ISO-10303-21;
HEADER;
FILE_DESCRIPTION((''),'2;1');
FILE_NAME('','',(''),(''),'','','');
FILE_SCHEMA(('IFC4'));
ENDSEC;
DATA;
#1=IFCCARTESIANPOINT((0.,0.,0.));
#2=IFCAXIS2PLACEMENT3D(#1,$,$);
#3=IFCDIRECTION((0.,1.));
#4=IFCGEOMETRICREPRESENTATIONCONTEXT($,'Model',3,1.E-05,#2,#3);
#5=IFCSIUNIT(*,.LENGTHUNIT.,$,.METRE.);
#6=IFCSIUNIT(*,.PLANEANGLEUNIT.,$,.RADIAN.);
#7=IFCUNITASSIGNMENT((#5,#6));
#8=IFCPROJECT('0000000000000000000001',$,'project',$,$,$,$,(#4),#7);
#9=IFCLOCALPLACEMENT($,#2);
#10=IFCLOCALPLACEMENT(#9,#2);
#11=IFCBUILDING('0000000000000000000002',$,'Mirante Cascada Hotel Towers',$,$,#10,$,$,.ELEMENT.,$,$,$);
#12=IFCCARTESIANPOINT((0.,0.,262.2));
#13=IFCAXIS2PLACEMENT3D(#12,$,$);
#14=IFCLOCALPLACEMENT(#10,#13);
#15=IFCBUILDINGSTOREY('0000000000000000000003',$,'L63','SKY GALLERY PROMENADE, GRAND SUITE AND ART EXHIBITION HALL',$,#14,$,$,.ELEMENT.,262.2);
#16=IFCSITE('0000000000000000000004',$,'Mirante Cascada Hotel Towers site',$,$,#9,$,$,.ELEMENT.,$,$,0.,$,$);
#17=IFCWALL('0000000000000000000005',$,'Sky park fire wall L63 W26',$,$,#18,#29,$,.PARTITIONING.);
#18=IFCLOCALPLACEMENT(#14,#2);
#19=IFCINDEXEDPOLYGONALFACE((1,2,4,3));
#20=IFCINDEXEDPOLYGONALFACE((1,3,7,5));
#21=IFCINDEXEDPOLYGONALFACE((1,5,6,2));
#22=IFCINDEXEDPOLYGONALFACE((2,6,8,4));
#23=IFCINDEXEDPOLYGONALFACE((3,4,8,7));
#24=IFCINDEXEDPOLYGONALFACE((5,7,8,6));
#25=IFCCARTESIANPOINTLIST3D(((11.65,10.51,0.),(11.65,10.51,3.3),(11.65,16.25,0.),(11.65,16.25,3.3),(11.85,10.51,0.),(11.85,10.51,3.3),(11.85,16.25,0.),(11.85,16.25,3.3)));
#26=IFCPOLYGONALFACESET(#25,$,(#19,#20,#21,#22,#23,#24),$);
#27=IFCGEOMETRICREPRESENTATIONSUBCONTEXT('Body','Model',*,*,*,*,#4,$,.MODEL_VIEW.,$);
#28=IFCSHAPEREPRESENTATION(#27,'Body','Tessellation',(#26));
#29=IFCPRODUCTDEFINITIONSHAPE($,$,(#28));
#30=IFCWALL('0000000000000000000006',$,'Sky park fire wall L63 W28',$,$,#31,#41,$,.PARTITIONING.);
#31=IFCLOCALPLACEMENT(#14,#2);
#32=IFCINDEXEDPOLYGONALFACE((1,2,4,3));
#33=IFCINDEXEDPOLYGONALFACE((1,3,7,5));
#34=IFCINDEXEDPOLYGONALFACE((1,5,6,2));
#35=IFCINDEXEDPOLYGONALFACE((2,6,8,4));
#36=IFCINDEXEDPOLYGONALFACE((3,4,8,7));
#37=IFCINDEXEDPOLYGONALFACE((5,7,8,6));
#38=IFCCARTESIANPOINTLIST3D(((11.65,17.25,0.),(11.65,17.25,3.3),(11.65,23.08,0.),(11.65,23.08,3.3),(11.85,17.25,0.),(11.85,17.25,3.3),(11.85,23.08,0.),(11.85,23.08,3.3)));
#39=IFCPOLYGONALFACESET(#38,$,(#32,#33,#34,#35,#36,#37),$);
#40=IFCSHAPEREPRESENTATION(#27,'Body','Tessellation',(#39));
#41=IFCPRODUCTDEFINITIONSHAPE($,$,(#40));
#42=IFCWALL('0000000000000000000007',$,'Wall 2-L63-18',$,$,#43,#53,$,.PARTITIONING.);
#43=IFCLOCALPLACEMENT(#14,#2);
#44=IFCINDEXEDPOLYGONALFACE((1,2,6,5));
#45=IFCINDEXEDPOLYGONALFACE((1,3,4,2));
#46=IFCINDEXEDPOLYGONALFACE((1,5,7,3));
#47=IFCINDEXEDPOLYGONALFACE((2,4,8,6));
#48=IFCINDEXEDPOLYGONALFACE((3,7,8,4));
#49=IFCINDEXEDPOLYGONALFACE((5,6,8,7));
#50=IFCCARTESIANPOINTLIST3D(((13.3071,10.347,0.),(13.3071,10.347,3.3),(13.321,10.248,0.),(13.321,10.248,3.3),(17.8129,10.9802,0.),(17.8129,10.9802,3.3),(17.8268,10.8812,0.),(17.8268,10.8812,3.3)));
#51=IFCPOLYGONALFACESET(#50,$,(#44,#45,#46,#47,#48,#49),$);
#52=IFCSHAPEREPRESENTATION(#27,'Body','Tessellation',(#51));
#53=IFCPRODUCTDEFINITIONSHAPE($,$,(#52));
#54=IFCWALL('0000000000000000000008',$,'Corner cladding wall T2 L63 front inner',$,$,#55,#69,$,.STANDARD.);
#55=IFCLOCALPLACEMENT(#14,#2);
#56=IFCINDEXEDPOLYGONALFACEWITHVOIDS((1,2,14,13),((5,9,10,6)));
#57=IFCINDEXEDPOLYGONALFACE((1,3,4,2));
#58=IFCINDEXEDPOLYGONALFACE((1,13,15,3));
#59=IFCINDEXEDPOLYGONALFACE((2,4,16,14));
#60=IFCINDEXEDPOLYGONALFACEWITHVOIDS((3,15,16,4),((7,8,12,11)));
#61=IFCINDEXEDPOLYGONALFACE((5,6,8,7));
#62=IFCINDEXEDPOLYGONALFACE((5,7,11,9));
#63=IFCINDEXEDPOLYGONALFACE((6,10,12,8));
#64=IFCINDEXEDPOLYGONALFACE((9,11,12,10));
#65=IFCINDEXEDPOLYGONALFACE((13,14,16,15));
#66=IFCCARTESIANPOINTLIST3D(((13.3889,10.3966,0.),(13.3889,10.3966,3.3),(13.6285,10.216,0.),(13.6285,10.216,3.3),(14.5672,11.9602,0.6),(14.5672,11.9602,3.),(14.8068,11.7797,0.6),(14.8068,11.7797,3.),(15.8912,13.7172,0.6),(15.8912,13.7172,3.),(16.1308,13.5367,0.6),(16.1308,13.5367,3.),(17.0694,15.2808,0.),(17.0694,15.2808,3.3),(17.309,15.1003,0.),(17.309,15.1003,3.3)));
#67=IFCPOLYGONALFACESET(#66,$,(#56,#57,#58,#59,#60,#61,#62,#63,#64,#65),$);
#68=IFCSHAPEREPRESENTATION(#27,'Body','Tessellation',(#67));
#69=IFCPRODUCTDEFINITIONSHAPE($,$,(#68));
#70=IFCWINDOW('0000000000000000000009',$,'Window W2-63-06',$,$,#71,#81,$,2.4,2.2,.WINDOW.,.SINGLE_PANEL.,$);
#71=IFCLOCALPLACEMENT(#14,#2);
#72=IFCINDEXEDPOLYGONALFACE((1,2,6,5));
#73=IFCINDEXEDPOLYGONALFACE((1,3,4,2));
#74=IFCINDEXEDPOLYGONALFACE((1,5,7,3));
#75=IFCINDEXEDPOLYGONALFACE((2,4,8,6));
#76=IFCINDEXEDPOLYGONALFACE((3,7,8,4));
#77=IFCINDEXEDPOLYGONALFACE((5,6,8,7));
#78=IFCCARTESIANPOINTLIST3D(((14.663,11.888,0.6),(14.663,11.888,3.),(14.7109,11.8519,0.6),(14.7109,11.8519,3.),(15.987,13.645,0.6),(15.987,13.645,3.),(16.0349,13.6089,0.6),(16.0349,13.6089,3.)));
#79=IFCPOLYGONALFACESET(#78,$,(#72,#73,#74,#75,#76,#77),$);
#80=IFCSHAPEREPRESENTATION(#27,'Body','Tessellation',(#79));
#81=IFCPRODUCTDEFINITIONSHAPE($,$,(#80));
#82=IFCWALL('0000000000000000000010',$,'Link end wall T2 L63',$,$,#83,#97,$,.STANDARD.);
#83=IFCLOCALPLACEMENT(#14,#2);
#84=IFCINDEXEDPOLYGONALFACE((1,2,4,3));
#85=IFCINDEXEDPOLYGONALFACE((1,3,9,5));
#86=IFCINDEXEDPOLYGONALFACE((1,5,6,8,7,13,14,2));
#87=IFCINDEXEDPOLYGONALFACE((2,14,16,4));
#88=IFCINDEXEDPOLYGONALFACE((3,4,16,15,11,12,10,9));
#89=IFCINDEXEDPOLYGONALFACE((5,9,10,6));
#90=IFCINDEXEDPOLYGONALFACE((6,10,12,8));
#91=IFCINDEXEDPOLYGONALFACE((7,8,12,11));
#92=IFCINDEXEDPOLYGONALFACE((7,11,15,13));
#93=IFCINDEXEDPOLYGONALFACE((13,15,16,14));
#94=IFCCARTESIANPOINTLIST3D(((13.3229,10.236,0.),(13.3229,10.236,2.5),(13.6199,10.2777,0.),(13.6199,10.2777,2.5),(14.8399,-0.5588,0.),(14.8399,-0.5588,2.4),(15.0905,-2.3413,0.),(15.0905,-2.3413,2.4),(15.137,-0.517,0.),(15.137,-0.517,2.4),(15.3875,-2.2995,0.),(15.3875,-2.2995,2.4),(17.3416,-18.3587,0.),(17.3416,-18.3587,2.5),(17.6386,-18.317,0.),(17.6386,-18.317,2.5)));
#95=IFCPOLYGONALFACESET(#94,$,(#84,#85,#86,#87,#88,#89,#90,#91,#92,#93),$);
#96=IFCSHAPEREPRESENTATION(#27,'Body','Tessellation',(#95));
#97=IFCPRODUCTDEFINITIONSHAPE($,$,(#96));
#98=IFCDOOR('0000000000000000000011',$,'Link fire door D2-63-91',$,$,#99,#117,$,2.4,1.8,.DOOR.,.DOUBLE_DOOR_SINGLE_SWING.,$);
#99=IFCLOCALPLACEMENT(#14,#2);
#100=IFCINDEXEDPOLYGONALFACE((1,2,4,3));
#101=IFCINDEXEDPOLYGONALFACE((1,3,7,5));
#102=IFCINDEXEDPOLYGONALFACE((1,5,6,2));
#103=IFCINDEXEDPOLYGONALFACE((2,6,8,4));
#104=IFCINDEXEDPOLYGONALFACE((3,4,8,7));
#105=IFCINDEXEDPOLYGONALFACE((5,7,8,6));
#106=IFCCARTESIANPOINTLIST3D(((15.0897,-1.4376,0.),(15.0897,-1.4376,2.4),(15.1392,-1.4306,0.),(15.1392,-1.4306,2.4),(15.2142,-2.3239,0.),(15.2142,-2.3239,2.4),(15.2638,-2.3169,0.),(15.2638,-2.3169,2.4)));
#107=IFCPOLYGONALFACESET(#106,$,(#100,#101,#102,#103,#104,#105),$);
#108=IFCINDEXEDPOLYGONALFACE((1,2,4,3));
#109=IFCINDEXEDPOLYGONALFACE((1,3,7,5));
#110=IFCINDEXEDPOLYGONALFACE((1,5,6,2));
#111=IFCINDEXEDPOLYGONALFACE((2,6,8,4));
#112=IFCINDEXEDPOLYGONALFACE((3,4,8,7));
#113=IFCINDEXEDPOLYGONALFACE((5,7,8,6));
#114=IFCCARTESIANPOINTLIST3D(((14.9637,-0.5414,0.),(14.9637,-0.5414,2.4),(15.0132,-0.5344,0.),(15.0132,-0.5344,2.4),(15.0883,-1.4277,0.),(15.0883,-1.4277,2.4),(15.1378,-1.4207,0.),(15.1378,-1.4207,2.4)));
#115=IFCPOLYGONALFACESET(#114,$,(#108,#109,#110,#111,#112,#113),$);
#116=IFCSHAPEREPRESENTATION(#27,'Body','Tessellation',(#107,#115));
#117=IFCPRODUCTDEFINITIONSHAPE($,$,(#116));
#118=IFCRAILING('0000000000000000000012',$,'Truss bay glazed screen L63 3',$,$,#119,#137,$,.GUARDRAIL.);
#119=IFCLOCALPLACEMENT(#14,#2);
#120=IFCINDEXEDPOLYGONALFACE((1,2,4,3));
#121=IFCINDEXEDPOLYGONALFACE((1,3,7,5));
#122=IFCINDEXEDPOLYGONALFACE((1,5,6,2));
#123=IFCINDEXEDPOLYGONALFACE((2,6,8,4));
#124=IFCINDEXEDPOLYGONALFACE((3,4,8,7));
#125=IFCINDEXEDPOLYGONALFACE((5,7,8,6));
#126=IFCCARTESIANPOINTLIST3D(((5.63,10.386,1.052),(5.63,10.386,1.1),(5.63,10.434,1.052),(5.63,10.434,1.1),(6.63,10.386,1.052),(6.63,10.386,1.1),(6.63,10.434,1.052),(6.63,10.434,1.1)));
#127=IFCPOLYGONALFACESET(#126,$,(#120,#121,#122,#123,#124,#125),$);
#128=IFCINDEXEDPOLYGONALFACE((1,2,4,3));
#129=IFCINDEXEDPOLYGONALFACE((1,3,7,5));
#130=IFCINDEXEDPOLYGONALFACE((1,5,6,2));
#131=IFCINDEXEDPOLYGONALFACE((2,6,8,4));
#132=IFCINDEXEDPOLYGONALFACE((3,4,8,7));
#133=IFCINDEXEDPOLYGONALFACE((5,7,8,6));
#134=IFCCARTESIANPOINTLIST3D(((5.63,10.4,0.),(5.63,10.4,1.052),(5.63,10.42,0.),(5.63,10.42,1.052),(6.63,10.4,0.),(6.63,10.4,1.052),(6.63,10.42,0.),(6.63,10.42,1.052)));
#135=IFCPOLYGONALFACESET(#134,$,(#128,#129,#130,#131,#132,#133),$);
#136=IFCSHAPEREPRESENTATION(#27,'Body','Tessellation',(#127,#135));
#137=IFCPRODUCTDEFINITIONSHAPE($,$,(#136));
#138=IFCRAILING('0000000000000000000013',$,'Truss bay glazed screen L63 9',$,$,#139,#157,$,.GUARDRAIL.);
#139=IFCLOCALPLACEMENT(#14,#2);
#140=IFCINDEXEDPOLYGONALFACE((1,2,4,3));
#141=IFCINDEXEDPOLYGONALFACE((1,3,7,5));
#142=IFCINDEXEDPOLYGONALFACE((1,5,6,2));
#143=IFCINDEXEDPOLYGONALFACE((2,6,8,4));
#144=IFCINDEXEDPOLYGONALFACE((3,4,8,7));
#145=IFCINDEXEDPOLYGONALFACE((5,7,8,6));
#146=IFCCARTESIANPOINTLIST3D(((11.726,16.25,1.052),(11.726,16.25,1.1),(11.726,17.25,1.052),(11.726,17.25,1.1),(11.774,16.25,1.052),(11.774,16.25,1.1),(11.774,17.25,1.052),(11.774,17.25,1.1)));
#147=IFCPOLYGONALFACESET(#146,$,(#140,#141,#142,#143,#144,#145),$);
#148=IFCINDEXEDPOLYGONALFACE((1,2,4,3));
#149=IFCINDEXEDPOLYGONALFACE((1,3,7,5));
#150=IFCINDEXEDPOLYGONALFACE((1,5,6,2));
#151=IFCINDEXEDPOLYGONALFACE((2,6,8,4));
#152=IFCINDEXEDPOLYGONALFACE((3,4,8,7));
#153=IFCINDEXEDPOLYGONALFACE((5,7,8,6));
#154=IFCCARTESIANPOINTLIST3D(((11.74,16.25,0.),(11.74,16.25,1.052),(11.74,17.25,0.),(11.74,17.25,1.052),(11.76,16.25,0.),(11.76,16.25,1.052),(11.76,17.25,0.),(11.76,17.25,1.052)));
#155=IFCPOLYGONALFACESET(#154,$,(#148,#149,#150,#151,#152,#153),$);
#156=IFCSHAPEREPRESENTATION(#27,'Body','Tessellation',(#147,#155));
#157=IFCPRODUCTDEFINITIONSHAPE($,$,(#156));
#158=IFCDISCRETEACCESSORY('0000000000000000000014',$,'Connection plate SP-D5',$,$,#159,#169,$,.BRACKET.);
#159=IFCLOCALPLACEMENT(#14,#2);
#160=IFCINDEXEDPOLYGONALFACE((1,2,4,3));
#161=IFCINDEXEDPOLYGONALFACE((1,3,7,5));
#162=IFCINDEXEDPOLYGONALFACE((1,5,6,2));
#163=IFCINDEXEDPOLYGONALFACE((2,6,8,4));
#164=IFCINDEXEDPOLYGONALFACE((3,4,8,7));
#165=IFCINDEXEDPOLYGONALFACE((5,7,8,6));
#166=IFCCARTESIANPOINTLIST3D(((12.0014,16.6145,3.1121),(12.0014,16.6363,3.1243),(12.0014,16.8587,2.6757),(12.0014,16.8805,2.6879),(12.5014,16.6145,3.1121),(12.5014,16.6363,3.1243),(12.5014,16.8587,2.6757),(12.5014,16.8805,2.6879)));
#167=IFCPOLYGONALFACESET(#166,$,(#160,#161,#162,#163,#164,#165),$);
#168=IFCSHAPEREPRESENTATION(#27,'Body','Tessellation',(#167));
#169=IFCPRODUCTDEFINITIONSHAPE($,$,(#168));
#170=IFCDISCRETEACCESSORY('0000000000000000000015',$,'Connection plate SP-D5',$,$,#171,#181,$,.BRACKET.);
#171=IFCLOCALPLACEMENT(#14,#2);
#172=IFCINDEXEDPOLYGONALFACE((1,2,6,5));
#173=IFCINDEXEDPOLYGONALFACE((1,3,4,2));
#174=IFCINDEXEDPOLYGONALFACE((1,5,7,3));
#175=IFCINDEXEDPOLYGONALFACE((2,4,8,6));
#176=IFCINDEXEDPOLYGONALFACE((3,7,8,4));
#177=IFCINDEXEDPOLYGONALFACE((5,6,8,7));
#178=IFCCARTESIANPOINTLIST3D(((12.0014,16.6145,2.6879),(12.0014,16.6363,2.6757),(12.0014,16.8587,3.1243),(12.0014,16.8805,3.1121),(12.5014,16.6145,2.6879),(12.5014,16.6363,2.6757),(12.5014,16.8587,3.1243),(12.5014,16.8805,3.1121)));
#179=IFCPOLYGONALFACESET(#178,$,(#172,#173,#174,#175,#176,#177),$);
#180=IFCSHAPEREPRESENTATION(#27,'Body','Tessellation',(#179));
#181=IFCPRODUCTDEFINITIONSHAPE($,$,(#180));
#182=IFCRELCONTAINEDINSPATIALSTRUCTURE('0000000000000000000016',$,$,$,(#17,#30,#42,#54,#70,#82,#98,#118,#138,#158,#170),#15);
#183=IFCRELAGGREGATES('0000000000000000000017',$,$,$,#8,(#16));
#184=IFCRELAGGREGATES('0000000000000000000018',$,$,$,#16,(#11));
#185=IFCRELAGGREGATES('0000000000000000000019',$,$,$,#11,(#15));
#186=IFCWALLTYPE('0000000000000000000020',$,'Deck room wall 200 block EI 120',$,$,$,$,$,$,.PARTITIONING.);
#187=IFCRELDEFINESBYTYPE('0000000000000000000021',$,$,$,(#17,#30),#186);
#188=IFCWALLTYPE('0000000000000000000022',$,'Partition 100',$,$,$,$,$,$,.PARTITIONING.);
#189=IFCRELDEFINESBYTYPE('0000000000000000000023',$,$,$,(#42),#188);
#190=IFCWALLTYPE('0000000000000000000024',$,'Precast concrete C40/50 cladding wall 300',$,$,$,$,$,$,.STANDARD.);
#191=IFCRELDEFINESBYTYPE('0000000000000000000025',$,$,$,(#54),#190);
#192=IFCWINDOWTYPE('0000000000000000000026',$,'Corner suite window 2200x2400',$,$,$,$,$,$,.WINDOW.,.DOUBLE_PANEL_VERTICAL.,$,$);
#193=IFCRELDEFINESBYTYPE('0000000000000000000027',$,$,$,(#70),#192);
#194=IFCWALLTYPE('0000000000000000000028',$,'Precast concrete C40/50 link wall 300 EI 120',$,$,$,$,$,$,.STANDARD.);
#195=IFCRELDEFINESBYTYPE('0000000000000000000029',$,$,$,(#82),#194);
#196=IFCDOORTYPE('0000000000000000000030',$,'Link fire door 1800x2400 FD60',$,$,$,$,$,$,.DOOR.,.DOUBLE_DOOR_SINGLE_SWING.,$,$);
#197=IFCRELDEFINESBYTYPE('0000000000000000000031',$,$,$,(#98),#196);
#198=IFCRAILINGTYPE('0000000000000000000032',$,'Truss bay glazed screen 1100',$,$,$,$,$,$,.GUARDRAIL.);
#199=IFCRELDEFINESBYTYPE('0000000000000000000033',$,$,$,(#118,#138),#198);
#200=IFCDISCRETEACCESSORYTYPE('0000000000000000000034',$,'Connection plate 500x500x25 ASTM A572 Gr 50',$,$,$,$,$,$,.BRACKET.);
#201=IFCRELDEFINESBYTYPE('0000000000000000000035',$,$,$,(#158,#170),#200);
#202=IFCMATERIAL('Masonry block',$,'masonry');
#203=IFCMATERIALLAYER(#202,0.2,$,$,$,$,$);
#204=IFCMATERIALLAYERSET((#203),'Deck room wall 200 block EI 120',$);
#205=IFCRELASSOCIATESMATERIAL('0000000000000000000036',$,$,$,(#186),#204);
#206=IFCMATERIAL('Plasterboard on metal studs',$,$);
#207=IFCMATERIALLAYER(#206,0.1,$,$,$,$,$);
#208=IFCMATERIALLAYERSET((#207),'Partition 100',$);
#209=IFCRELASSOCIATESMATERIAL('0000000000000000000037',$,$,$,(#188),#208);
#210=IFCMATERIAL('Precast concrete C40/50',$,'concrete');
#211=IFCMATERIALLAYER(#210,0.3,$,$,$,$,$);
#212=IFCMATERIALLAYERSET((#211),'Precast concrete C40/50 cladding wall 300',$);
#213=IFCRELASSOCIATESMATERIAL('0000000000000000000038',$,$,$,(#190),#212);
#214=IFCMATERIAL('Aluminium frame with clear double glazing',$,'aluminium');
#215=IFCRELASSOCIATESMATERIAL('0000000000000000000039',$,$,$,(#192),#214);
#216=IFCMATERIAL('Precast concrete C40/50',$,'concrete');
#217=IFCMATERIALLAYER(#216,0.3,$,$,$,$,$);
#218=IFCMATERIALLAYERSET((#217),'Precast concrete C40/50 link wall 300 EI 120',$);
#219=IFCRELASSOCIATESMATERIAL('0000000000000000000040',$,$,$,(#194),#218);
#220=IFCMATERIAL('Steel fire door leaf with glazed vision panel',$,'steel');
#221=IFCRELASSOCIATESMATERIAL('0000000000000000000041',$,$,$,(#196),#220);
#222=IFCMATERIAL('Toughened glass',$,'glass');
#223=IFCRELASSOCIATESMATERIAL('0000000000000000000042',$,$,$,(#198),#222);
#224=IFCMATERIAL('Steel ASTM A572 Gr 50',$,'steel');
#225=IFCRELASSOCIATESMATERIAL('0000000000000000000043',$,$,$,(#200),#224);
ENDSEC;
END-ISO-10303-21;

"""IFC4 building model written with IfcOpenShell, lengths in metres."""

from ifc_helpers import new_model, si_unit, direction, frame, frame_2d, origin, origin_2d, place, context, subcontext, project, spatial, rectangle, extrude, material, layer, layer_set, material_profile, profile_set, type_object, element, fill, save


model = new_model("IFC4")

# Units and contexts
model_context = context("Model", 3, precision=1e-05, world=origin(), true_north=direction((0.0, 1.0)))
body_context = subcontext(model_context, "Body", "Model", "MODEL_VIEW")
ifc_project = project(units=[si_unit("LENGTHUNIT", "METRE"), si_unit("PLANEANGLEUNIT", "RADIAN")], contexts=[model_context])

# Site, building, storey
site_placement = place(None, origin())
site = spatial("IfcSite", under=ifc_project, at=site_placement, Name="Mirante Cascada Hotel Towers site", CompositionType="ELEMENT", RefElevation=0.0)
building_placement = place(site_placement, origin())
building = spatial("IfcBuilding", under=site, at=building_placement, Name="Mirante Cascada Hotel Towers", CompositionType="ELEMENT")
storey_placement = place(building_placement, frame((0.0, 0.0, 262.2)))
storey = spatial("IfcBuildingStorey", under=building, at=storey_placement, Name="L63", Description="SKY GALLERY PROMENADE, GRAND SUITE AND ART EXHIBITION HALL", CompositionType="ELEMENT", Elevation=262.2)

# Shared definitions
ifc_material_1 = material(Name="Masonry block", Category="masonry")
ifc_layer_1 = layer(ifc_material_1, 0.2)
ifc_layer_set_1 = layer_set([ifc_layer_1], Name="Deck room wall 200 block EI 120")
wall_type_1 = type_object("IfcWallType", Name="Deck room wall 200 block EI 120", PredefinedType="PARTITIONING", material=ifc_layer_set_1)

# Walls
wall_1_placement = place(storey_placement, frame((11.75, 10.51, 0.0), z_axis=(0.0, 0.0, 1.0), x_axis=(0.0, 1.0, 0.0)))
element("IfcWall", 1, at=wall_1_placement, inside=storey, type_object=wall_type_1, Name="Sky park fire wall L63 W26", PredefinedType="PARTITIONING", context=body_context, shape_type="SweptSolid", body=[
    extrude(rectangle(XDim=5.74, YDim=0.2, at=frame_2d((2.87, 0.0))), origin(), (0.0, 0.0, 1.0), 3.3),
])
wall_2_placement = place(storey_placement, frame((11.75, 17.25, 0.0), z_axis=(0.0, 0.0, 1.0), x_axis=(0.0, 1.0, 0.0)))
element("IfcWall", 2, at=wall_2_placement, inside=storey, type_object=wall_type_1, Name="Sky park fire wall L63 W28", PredefinedType="PARTITIONING", context=body_context, shape_type="SweptSolid", body=[
    extrude(rectangle(XDim=5.83, YDim=0.2, at=frame_2d((2.915, 0.0))), origin(), (0.0, 0.0, 1.0), 3.3),
])
ifc_material_2 = material(Name="Plasterboard on metal studs")
ifc_layer_2 = layer(ifc_material_2, 0.1)
ifc_layer_set_2 = layer_set([ifc_layer_2], Name="Partition 100")
wall_type_2 = type_object("IfcWallType", Name="Partition 100", PredefinedType="PARTITIONING", material=ifc_layer_set_2)
wall_3_placement = place(storey_placement, frame((13.3141, 10.2975, 0.0), z_axis=(0.0, 0.0, 1.0), x_axis=(0.99027, 0.139163, 0.0)))
element("IfcWall", 3, at=wall_3_placement, inside=storey, type_object=wall_type_2, Name="Wall 2-L63-18", PredefinedType="PARTITIONING", context=body_context, shape_type="SweptSolid", body=[
    extrude(rectangle(XDim=4.5501, YDim=0.1, at=frame_2d((2.275, 0.0))), origin(), (0.0, 0.0, 1.0), 3.3),
])

# Wall, opening, window
ifc_material_3 = material(Name="Precast concrete C40/50", Category="concrete")
ifc_layer_3 = layer(ifc_material_3, 0.3)
ifc_layer_set_3 = layer_set([ifc_layer_3], Name="Precast concrete C40/50 cladding wall 300")
wall_type_3 = type_object("IfcWallType", Name="Precast concrete C40/50 cladding wall 300", PredefinedType="STANDARD", material=ifc_layer_set_3)
wall_4_placement = place(storey_placement, frame((17.1892, 15.1905, 0.0), z_axis=(0.0, 0.0, 1.0), x_axis=(-0.601814, -0.798636, 0.0)))
wall_4 = element("IfcWall", 4, at=wall_4_placement, inside=storey, type_object=wall_type_3, Name="Corner cladding wall T2 L63 front inner", PredefinedType="STANDARD", context=body_context, shape_type="SweptSolid", body=[
    extrude(rectangle(XDim=6.1157, YDim=0.3, at=frame_2d((3.0578, 0.0))), origin(), (0.0, 0.0, 1.0), 3.3),
])
opening_1_placement = place(wall_4_placement, frame((1.9578, 0.0, 0.6)))
opening_1 = element("IfcOpeningElement", 5, at=opening_1_placement, cuts=wall_4, PredefinedType="OPENING", context=body_context, shape_type="SweptSolid", body=[
    extrude(rectangle(XDim=2.2, YDim=2.4, at=frame_2d((1.1, 1.2))), frame((0.0, 0.15, 0.0), z_axis=(0.0, -1.0, 0.0), x_axis=(1.0, 0.0, 0.0)), (0.0, 0.0, 1.0), 0.3),
])
ifc_material_4 = material(Name="Aluminium frame with clear double glazing", Category="aluminium")
window_type = type_object("IfcWindowType", Name="Corner suite window 2200x2400", PartitioningType="DOUBLE_PANEL_VERTICAL", PredefinedType="WINDOW", material=ifc_material_4)
window_placement = place(opening_1_placement, origin())
window = element("IfcWindow", 6, at=window_placement, inside=storey, type_object=window_type, Name="Window W2-63-06", OverallHeight=2.4, OverallWidth=2.2, PartitioningType="SINGLE_PANEL", PredefinedType="WINDOW", context=body_context, shape_type="SweptSolid", body=[
    extrude(rectangle(XDim=2.2, YDim=2.4, at=frame_2d((1.1, 1.2))), frame((0.0, 0.03, 0.0), z_axis=(0.0, -1.0, 0.0), x_axis=(1.0, 0.0, 0.0)), (0.0, 0.0, 1.0), 0.06),
])
fill(opening_1, window)

# Wall, opening, door
ifc_material_5 = material(Name="Precast concrete C40/50", Category="concrete")
ifc_layer_4 = layer(ifc_material_5, 0.3)
ifc_layer_set_4 = layer_set([ifc_layer_4], Name="Precast concrete C40/50 link wall 300 EI 120")
wall_type_4 = type_object("IfcWallType", Name="Precast concrete C40/50 link wall 300 EI 120", PredefinedType="STANDARD", material=ifc_layer_set_4)
wall_5_placement = place(storey_placement, frame((13.4714, 10.2568, 0.0), z_axis=(0.0, 0.0, 1.0), x_axis=(0.139172, -0.990268, 0.0)))
wall_5 = element("IfcWall", 7, at=wall_5_placement, inside=storey, type_object=wall_type_4, Name="Link end wall T2 L63", PredefinedType="STANDARD", context=body_context, shape_type="SweptSolid", body=[
    extrude(rectangle(XDim=28.8757, YDim=0.3, at=frame_2d((14.4378, 0.0))), origin(), (0.0, 0.0, 1.0), 2.5),
])
opening_2_placement = place(wall_5_placement, frame((10.9008, 0.0, 0.0)))
opening_2 = element("IfcOpeningElement", 8, at=opening_2_placement, cuts=wall_5, PredefinedType="OPENING", context=body_context, shape_type="SweptSolid", body=[
    extrude(rectangle(XDim=1.8, YDim=2.4, at=frame_2d((0.9, 1.2))), frame((0.0, 0.15, 0.0), z_axis=(0.0, -1.0, 0.0), x_axis=(1.0, 0.0, 0.0)), (0.0, 0.0, 1.0), 0.3),
])
ifc_material_6 = material(Name="Steel fire door leaf with glazed vision panel", Category="steel")
door_type_1 = type_object("IfcDoorType", Name="Link fire door 1800x2400 FD60", OperationType="DOUBLE_DOOR_SINGLE_SWING", PredefinedType="DOOR", material=ifc_material_6)
door_1_placement = place(opening_2_placement, frame((1.8, 0.0, 0.0), z_axis=(0.0, 0.0, 1.0), x_axis=(-1.0, 0.0, 0.0)))
door_1 = element("IfcDoor", 9, at=door_1_placement, inside=storey, type_object=door_type_1, Name="Link fire door D2-63-91", OperationType="DOUBLE_DOOR_SINGLE_SWING", OverallHeight=2.4, OverallWidth=1.8, PredefinedType="DOOR", context=body_context, shape_type="SweptSolid", body=[
    extrude(rectangle(XDim=0.895, YDim=2.4, at=frame_2d((0.4475, 1.2))), frame((0.0, 0.025, 0.0), z_axis=(0.0, -1.0, 0.0), x_axis=(1.0, 0.0, 0.0)), (0.0, 0.0, 1.0), 0.05),
    extrude(rectangle(XDim=0.895, YDim=2.4, at=frame_2d((1.3525, 1.2))), frame((0.0, 0.025, 0.0), z_axis=(0.0, -1.0, 0.0), x_axis=(1.0, 0.0, 0.0)), (0.0, 0.0, 1.0), 0.05),
])
fill(opening_2, door_1)

# Railings
ifc_material_7 = material(Name="Toughened glass", Category="glass")
railing_type_1 = type_object("IfcRailingType", Name="Truss bay glazed screen 1100", PredefinedType="GUARDRAIL", material=ifc_material_7)
railing_1_placement = place(storey_placement, frame((5.63, 10.41, 0.0)))
element("IfcRailing", 10, at=railing_1_placement, inside=storey, type_object=railing_type_1, Name="Truss bay glazed screen L63 3", PredefinedType="GUARDRAIL", context=body_context, shape_type="SweptSolid", body=[
    extrude(rectangle(XDim=0.048, YDim=0.048, at=origin_2d()), frame((0.0, 0.0, 1.076), z_axis=(1.0, 0.0, 0.0), x_axis=(0.0, 1.0, 0.0)), (0.0, 0.0, 1.0), 1.0),
    extrude(rectangle(XDim=0.02, YDim=1.052, at=origin_2d()), frame((0.0, 0.0, 0.526), z_axis=(1.0, 0.0, 0.0), x_axis=(0.0, 1.0, 0.0)), (0.0, 0.0, 1.0), 1.0),
])
railing_2_placement = place(storey_placement, frame((11.75, 16.25, 0.0)))
element("IfcRailing", 11, at=railing_2_placement, inside=storey, type_object=railing_type_1, Name="Truss bay glazed screen L63 9", PredefinedType="GUARDRAIL", context=body_context, shape_type="SweptSolid", body=[
    extrude(rectangle(XDim=0.048, YDim=0.048, at=origin_2d()), frame((0.0, 0.0, 1.076), z_axis=(0.0, 1.0, 0.0), x_axis=(-1.0, 0.0, 0.0)), (0.0, 0.0, 1.0), 1.0),
    extrude(rectangle(XDim=0.02, YDim=1.052, at=origin_2d()), frame((0.0, 0.0, 0.526), z_axis=(0.0, 1.0, 0.0), x_axis=(-1.0, 0.0, 0.0)), (0.0, 0.0, 1.0), 1.0),
])

# Discrete accessories
ifc_material_8 = material(Name="Steel ASTM A572 Gr 50", Category="steel")
ifc_material_profile_1 = material_profile(ifc_material_8, rectangle(XDim=0.5, YDim=0.5, at=origin_2d()), Name="Connection plate 500x500x25 ASTM A572 Gr 50")
ifc_profile_set_1 = profile_set([ifc_material_profile_1], Name="Steel ASTM A572 Gr 50")
discrete_accessory_type = type_object("IfcDiscreteAccessoryType", Name="Connection plate 500x500x25 ASTM A572 Gr 50", PredefinedType="BRACKET", material=ifc_profile_set_1)
for number, where, z_axis, x_axis, name in (
    (12, (12.2514, 16.7366, 2.8939), (0.0, 0.872642, 0.48836), (-1.0, 0.0, 0.0), "Connection plate SP-D5"),
    (13, (12.2514, 16.7584, 2.8939), (0.0, -0.872642, 0.48836), (1.0, 0.0, 0.0), "Connection plate SP-D5"),
):
    element("IfcDiscreteAccessory", number, at=place(storey_placement, frame(where, z_axis=z_axis, x_axis=x_axis)), inside=storey, type_object=discrete_accessory_type, Name=name, PredefinedType="BRACKET", context=body_context, shape_type="SweptSolid", body=[
        extrude(rectangle(XDim=0.5, YDim=0.5, at=origin_2d()), origin(), (0.0, 0.0, 1.0), 0.025),
    ])

save(model, "model.ifc")
